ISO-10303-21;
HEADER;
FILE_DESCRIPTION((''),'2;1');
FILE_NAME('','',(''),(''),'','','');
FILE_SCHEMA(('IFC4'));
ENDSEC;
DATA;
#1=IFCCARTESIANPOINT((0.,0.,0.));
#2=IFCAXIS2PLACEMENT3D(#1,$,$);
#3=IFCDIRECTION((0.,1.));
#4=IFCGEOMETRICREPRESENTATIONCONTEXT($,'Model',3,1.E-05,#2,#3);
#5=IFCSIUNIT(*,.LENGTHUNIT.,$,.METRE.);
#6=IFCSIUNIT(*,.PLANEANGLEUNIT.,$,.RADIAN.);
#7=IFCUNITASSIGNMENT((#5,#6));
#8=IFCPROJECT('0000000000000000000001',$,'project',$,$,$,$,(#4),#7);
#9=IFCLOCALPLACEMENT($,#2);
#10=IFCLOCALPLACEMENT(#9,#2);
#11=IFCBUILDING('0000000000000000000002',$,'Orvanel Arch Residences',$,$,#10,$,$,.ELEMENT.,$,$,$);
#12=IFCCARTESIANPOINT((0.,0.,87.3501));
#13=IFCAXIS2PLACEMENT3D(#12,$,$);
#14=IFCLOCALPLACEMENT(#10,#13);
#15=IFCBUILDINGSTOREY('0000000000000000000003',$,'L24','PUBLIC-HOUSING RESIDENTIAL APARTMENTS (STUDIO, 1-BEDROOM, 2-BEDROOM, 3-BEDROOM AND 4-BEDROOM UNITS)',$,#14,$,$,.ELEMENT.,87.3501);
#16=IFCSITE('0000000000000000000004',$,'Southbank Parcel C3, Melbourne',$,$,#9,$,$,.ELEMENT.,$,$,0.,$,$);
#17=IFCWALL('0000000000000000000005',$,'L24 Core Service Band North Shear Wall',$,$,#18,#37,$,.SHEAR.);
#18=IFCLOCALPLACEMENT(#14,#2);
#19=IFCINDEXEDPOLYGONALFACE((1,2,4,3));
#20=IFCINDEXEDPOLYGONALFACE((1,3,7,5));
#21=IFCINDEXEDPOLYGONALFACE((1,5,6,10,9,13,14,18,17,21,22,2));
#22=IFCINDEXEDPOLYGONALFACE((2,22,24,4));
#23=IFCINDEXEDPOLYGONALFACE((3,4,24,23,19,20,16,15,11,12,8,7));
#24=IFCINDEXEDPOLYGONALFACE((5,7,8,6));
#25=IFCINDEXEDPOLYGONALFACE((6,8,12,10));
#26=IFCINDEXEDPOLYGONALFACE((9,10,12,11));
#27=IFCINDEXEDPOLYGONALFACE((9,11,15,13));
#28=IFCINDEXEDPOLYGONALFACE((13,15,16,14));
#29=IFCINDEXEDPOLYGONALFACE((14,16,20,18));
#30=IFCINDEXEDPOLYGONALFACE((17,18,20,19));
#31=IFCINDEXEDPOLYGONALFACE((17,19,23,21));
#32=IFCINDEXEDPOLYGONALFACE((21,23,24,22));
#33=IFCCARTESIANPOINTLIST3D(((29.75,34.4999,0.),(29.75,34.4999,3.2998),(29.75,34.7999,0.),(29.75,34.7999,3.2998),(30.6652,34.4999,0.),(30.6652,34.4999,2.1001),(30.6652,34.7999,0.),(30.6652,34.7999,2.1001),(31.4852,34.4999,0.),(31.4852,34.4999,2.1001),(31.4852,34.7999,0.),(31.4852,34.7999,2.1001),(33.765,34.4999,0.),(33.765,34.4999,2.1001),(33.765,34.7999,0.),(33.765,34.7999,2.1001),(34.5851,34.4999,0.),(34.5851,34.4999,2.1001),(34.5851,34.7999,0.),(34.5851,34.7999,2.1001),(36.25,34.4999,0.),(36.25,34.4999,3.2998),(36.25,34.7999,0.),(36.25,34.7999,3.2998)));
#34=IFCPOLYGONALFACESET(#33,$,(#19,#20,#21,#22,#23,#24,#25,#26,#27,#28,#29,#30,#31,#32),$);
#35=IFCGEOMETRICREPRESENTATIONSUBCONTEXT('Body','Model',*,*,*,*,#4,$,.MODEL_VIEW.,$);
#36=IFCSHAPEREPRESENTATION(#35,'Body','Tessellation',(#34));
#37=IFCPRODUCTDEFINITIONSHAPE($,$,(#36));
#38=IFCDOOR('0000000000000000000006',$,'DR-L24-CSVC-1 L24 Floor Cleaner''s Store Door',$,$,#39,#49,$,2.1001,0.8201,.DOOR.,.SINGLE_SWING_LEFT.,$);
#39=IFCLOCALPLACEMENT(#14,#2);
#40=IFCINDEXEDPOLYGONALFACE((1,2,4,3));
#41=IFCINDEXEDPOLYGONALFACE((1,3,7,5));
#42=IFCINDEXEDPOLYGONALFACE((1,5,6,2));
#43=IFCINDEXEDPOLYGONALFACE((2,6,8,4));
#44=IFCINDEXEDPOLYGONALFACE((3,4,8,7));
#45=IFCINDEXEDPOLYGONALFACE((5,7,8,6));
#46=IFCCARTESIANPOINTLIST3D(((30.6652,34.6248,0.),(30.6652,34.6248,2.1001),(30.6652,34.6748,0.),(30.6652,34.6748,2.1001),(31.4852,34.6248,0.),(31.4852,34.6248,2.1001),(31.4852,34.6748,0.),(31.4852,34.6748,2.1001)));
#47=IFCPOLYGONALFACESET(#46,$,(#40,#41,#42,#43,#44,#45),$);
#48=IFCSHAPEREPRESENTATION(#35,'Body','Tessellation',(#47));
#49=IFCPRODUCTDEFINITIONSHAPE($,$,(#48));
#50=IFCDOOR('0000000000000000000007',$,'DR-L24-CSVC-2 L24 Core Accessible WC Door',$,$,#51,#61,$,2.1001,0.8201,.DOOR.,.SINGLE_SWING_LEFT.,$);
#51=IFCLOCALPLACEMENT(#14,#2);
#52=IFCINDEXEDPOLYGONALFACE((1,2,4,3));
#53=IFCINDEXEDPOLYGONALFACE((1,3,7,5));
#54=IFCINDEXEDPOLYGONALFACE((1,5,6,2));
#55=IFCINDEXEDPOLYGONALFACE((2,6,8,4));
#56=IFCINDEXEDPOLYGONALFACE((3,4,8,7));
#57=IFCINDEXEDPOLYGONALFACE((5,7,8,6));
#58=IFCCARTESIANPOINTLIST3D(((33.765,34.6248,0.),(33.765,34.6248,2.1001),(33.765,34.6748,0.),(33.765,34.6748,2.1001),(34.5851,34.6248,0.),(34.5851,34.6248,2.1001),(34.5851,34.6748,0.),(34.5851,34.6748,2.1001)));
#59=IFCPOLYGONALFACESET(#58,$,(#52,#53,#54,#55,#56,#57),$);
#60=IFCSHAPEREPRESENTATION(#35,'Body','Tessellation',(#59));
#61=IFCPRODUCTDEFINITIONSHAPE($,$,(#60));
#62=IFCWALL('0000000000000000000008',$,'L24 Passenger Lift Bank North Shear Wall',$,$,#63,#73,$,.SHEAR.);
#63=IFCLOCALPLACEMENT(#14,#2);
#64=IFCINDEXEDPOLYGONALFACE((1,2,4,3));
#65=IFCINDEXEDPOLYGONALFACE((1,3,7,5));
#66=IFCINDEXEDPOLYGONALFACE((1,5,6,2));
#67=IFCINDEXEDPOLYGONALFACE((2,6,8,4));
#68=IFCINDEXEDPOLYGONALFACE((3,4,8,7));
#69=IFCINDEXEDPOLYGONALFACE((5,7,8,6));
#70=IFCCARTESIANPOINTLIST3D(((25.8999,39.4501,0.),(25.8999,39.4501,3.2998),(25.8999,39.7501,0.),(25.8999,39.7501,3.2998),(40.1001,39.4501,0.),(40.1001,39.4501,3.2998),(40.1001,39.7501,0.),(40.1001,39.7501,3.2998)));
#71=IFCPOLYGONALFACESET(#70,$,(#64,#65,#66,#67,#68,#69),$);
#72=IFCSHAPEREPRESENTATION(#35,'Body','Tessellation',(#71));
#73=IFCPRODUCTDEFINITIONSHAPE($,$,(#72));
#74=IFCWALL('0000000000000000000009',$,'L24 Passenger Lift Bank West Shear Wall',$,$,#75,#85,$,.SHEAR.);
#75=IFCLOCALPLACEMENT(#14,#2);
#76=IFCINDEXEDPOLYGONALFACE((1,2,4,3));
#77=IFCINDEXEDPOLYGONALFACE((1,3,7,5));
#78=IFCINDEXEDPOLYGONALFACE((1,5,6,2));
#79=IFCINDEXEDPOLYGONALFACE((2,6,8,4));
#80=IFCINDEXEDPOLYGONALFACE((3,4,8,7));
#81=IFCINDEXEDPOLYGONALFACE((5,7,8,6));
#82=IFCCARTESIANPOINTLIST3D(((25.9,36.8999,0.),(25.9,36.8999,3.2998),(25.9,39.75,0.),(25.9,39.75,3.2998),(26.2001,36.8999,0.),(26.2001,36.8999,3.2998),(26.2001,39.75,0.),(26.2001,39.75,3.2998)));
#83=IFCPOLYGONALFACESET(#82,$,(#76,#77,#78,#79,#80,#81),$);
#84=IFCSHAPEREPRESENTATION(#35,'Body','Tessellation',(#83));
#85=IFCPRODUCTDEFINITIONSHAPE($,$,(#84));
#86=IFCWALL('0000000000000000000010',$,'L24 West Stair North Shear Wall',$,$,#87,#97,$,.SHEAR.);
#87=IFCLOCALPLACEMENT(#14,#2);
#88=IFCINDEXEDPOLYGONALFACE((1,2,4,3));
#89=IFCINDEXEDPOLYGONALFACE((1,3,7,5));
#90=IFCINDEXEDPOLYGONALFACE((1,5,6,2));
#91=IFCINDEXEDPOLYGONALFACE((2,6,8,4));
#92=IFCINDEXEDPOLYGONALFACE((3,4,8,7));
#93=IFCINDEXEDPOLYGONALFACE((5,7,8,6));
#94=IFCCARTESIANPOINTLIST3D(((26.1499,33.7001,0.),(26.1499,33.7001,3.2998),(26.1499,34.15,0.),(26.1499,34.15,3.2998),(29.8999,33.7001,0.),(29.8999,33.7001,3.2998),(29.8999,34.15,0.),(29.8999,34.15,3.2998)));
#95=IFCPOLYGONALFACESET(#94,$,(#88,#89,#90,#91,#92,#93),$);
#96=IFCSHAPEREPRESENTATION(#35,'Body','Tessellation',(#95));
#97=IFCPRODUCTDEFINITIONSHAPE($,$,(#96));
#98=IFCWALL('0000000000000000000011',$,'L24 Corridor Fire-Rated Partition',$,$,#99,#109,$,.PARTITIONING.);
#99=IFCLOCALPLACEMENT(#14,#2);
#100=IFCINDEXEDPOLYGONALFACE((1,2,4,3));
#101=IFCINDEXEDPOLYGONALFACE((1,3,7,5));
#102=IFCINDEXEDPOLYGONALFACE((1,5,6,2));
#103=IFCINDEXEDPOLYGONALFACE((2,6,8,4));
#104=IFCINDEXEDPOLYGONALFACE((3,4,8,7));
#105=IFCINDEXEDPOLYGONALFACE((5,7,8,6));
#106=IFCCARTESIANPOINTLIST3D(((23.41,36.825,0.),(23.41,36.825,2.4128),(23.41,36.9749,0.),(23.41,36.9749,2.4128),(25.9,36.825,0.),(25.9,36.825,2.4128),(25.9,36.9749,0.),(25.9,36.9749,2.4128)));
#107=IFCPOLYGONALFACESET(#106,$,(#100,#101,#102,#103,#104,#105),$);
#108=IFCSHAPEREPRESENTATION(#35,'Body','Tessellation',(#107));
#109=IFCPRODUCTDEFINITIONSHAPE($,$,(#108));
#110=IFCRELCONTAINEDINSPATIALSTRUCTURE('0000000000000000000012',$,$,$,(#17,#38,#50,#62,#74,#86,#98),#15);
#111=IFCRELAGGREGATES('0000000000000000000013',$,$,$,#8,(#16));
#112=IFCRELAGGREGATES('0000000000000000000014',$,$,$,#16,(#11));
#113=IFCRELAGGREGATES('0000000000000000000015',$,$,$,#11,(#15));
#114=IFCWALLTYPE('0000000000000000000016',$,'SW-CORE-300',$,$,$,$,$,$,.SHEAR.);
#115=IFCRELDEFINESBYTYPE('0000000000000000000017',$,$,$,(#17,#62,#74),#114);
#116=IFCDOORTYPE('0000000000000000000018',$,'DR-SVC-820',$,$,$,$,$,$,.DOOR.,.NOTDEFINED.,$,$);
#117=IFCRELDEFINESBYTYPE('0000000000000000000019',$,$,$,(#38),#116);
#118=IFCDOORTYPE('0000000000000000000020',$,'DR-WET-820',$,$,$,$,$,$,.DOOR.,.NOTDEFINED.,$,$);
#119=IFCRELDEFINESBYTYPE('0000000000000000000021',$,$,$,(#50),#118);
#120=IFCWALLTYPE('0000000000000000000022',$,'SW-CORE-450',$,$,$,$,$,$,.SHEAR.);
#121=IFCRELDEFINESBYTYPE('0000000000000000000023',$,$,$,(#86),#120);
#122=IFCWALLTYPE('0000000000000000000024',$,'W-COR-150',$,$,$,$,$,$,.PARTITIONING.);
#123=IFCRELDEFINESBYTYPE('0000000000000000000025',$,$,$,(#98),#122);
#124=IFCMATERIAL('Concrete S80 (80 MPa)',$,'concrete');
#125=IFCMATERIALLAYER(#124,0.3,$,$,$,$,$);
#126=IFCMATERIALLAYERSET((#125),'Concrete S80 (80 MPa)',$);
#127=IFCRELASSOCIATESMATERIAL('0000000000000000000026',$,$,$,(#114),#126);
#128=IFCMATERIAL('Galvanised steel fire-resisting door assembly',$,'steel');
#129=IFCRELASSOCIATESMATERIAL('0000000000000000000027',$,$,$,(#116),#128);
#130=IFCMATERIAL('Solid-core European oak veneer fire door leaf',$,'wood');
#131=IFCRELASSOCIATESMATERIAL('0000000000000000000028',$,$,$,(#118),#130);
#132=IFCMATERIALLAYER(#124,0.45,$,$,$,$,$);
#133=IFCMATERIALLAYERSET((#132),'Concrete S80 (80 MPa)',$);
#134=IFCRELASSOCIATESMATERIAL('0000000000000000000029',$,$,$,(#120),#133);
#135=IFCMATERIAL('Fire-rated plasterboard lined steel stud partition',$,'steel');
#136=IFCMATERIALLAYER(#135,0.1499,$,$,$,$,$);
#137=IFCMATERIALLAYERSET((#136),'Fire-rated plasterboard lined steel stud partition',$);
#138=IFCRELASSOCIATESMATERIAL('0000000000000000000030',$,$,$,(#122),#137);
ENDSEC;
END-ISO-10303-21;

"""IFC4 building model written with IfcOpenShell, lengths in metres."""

from ifc_helpers import new_model, si_unit, direction, frame, frame_2d, origin, place, context, subcontext, project, spatial, rectangle, extrude, material, layer, layer_set, type_object, element, fill, save


model = new_model("IFC4")

# Units and contexts
model_context = context("Model", 3, precision=1e-05, world=origin(), true_north=direction((0.0, 1.0)))
body_context = subcontext(model_context, "Body", "Model", "MODEL_VIEW")
ifc_project = project(units=[si_unit("LENGTHUNIT", "METRE"), si_unit("PLANEANGLEUNIT", "RADIAN")], contexts=[model_context])

# Site, building, storey
site_placement = place(None, origin())
site = spatial("IfcSite", under=ifc_project, at=site_placement, Name="Southbank Parcel C3, Melbourne", CompositionType="ELEMENT", RefElevation=0.0)
building_placement = place(site_placement, origin())
building = spatial("IfcBuilding", under=site, at=building_placement, Name="Orvanel Arch Residences", CompositionType="ELEMENT")
storey_placement = place(building_placement, frame((0.0, 0.0, 87.3501)))
storey = spatial("IfcBuildingStorey", under=building, at=storey_placement, Name="L24", Description="PUBLIC-HOUSING RESIDENTIAL APARTMENTS (STUDIO, 1-BEDROOM, 2-BEDROOM, 3-BEDROOM AND 4-BEDROOM UNITS)", CompositionType="ELEMENT", Elevation=87.3501)

# Wall, openings, doors
ifc_material_1 = material(Name="Concrete S80 (80 MPa)", Category="concrete")
ifc_layer_1 = layer(ifc_material_1, 0.3)
ifc_layer_set_1 = layer_set([ifc_layer_1], Name="Concrete S80 (80 MPa)")
wall_type_1 = type_object("IfcWallType", Name="SW-CORE-300", PredefinedType="SHEAR", material=ifc_layer_set_1)
wall_1_placement = place(storey_placement, frame((29.75, 34.6499, 0.0), z_axis=(0.0, 0.0, 1.0), x_axis=(1.0, 0.0, 0.0)))
wall_1 = element("IfcWall", 1, at=wall_1_placement, inside=storey, type_object=wall_type_1, Name="L24 Core Service Band North Shear Wall", PredefinedType="SHEAR", context=body_context, shape_type="SweptSolid", body=[
    extrude(rectangle(XDim=6.5, YDim=0.3, at=frame_2d((3.25, 0.0))), origin(), (0.0, 0.0, 1.0), 3.2998),
])
opening_1_placement = place(wall_1_placement, frame((0.915, 0.0, 0.0)))
opening_1 = element("IfcOpeningElement", 2, at=opening_1_placement, cuts=wall_1, PredefinedType="OPENING", context=body_context, shape_type="SweptSolid", body=[
    extrude(rectangle(XDim=0.8201, YDim=2.1001, at=frame_2d((0.4102, 1.05))), frame((0.0, 0.1599, 0.0), z_axis=(0.0, -1.0, 0.0), x_axis=(1.0, 0.0, 0.0)), (0.0, 0.0, 1.0), 0.3201),
])
opening_2_placement = place(wall_1_placement, frame((4.0149, 0.0, 0.0)))
opening_2 = element("IfcOpeningElement", 3, at=opening_2_placement, cuts=wall_1, PredefinedType="OPENING", context=body_context, shape_type="SweptSolid", body=[
    extrude(rectangle(XDim=0.8201, YDim=2.1001, at=frame_2d((0.4102, 1.05))), frame((0.0, 0.1599, 0.0), z_axis=(0.0, -1.0, 0.0), x_axis=(1.0, 0.0, 0.0)), (0.0, 0.0, 1.0), 0.3201),
])
ifc_material_2 = material(Name="Galvanised steel fire-resisting door assembly", Category="steel")
door_type_1 = type_object("IfcDoorType", Name="DR-SVC-820", OperationType="NOTDEFINED", PredefinedType="DOOR", material=ifc_material_2)
door_1_placement = place(opening_1_placement, origin())
door_1 = element("IfcDoor", 4, at=door_1_placement, inside=storey, type_object=door_type_1, Name="DR-L24-CSVC-1 L24 Floor Cleaner's Store Door", OperationType="SINGLE_SWING_LEFT", OverallHeight=2.1001, OverallWidth=0.8201, PredefinedType="DOOR", context=body_context, shape_type="SweptSolid", body=[
    extrude(rectangle(XDim=0.8201, YDim=2.1001, at=frame_2d((0.4102, 1.05))), frame((0.0, 0.0249, 0.0), z_axis=(0.0, -1.0, 0.0), x_axis=(1.0, 0.0, 0.0)), (0.0, 0.0, 1.0), 0.05),
])
fill(opening_1, door_1)
ifc_material_3 = material(Name="Solid-core European oak veneer fire door leaf", Category="wood")
door_type_2 = type_object("IfcDoorType", Name="DR-WET-820", OperationType="NOTDEFINED", PredefinedType="DOOR", material=ifc_material_3)
door_2_placement = place(opening_2_placement, origin())
door_2 = element("IfcDoor", 5, at=door_2_placement, inside=storey, type_object=door_type_2, Name="DR-L24-CSVC-2 L24 Core Accessible WC Door", OperationType="SINGLE_SWING_LEFT", OverallHeight=2.1001, OverallWidth=0.8201, PredefinedType="DOOR", context=body_context, shape_type="SweptSolid", body=[
    extrude(rectangle(XDim=0.8201, YDim=2.1001, at=frame_2d((0.4102, 1.05))), frame((0.0, 0.0249, 0.0), z_axis=(0.0, -1.0, 0.0), x_axis=(1.0, 0.0, 0.0)), (0.0, 0.0, 1.0), 0.05),
])
fill(opening_2, door_2)

# Walls
wall_2_placement = place(storey_placement, frame((25.8999, 39.6001, 0.0), z_axis=(0.0, 0.0, 1.0), x_axis=(1.0, 0.0, 0.0)))
element("IfcWall", 6, at=wall_2_placement, inside=storey, type_object=wall_type_1, Name="L24 Passenger Lift Bank North Shear Wall", PredefinedType="SHEAR", context=body_context, shape_type="SweptSolid", body=[
    extrude(rectangle(XDim=14.2002, YDim=0.3, at=frame_2d((7.1001, 0.0))), origin(), (0.0, 0.0, 1.0), 3.2998),
])
wall_3_placement = place(storey_placement, frame((26.05, 36.8999, 0.0), z_axis=(0.0, 0.0, 1.0), x_axis=(0.0, 1.0, 0.0)))
element("IfcWall", 7, at=wall_3_placement, inside=storey, type_object=wall_type_1, Name="L24 Passenger Lift Bank West Shear Wall", PredefinedType="SHEAR", context=body_context, shape_type="SweptSolid", body=[
    extrude(rectangle(XDim=2.8501, YDim=0.3, at=frame_2d((1.425, 0.0))), origin(), (0.0, 0.0, 1.0), 3.2998),
])
ifc_layer_2 = layer(ifc_material_1, 0.45)
ifc_layer_set_2 = layer_set([ifc_layer_2], Name="Concrete S80 (80 MPa)")
wall_type_2 = type_object("IfcWallType", Name="SW-CORE-450", PredefinedType="SHEAR", material=ifc_layer_set_2)
wall_4_placement = place(storey_placement, frame((26.1499, 33.925, 0.0), z_axis=(0.0, 0.0, 1.0), x_axis=(1.0, 0.0, 0.0)))
element("IfcWall", 8, at=wall_4_placement, inside=storey, type_object=wall_type_2, Name="L24 West Stair North Shear Wall", PredefinedType="SHEAR", context=body_context, shape_type="SweptSolid", body=[
    extrude(rectangle(XDim=3.75, YDim=0.45, at=frame_2d((1.875, 0.0))), origin(), (0.0, 0.0, 1.0), 3.2998),
])
ifc_material_4 = material(Name="Fire-rated plasterboard lined steel stud partition", Category="steel")
ifc_layer_3 = layer(ifc_material_4, 0.1499)
ifc_layer_set_3 = layer_set([ifc_layer_3], Name="Fire-rated plasterboard lined steel stud partition")
wall_type_3 = type_object("IfcWallType", Name="W-COR-150", PredefinedType="PARTITIONING", material=ifc_layer_set_3)
wall_5_placement = place(storey_placement, frame((23.4099, 36.8999, 0.0), z_axis=(0.0, 0.0, 1.0), x_axis=(1.0, 0.0, 0.0)))
element("IfcWall", 9, at=wall_5_placement, inside=storey, type_object=wall_type_3, Name="L24 Corridor Fire-Rated Partition", PredefinedType="PARTITIONING", context=body_context, shape_type="SweptSolid", body=[
    extrude(rectangle(XDim=2.49, YDim=0.1499, at=frame_2d((1.2451, 0.0))), origin(), (0.0, 0.0, 1.0), 2.4128),
])

save(model, "model.ifc")
